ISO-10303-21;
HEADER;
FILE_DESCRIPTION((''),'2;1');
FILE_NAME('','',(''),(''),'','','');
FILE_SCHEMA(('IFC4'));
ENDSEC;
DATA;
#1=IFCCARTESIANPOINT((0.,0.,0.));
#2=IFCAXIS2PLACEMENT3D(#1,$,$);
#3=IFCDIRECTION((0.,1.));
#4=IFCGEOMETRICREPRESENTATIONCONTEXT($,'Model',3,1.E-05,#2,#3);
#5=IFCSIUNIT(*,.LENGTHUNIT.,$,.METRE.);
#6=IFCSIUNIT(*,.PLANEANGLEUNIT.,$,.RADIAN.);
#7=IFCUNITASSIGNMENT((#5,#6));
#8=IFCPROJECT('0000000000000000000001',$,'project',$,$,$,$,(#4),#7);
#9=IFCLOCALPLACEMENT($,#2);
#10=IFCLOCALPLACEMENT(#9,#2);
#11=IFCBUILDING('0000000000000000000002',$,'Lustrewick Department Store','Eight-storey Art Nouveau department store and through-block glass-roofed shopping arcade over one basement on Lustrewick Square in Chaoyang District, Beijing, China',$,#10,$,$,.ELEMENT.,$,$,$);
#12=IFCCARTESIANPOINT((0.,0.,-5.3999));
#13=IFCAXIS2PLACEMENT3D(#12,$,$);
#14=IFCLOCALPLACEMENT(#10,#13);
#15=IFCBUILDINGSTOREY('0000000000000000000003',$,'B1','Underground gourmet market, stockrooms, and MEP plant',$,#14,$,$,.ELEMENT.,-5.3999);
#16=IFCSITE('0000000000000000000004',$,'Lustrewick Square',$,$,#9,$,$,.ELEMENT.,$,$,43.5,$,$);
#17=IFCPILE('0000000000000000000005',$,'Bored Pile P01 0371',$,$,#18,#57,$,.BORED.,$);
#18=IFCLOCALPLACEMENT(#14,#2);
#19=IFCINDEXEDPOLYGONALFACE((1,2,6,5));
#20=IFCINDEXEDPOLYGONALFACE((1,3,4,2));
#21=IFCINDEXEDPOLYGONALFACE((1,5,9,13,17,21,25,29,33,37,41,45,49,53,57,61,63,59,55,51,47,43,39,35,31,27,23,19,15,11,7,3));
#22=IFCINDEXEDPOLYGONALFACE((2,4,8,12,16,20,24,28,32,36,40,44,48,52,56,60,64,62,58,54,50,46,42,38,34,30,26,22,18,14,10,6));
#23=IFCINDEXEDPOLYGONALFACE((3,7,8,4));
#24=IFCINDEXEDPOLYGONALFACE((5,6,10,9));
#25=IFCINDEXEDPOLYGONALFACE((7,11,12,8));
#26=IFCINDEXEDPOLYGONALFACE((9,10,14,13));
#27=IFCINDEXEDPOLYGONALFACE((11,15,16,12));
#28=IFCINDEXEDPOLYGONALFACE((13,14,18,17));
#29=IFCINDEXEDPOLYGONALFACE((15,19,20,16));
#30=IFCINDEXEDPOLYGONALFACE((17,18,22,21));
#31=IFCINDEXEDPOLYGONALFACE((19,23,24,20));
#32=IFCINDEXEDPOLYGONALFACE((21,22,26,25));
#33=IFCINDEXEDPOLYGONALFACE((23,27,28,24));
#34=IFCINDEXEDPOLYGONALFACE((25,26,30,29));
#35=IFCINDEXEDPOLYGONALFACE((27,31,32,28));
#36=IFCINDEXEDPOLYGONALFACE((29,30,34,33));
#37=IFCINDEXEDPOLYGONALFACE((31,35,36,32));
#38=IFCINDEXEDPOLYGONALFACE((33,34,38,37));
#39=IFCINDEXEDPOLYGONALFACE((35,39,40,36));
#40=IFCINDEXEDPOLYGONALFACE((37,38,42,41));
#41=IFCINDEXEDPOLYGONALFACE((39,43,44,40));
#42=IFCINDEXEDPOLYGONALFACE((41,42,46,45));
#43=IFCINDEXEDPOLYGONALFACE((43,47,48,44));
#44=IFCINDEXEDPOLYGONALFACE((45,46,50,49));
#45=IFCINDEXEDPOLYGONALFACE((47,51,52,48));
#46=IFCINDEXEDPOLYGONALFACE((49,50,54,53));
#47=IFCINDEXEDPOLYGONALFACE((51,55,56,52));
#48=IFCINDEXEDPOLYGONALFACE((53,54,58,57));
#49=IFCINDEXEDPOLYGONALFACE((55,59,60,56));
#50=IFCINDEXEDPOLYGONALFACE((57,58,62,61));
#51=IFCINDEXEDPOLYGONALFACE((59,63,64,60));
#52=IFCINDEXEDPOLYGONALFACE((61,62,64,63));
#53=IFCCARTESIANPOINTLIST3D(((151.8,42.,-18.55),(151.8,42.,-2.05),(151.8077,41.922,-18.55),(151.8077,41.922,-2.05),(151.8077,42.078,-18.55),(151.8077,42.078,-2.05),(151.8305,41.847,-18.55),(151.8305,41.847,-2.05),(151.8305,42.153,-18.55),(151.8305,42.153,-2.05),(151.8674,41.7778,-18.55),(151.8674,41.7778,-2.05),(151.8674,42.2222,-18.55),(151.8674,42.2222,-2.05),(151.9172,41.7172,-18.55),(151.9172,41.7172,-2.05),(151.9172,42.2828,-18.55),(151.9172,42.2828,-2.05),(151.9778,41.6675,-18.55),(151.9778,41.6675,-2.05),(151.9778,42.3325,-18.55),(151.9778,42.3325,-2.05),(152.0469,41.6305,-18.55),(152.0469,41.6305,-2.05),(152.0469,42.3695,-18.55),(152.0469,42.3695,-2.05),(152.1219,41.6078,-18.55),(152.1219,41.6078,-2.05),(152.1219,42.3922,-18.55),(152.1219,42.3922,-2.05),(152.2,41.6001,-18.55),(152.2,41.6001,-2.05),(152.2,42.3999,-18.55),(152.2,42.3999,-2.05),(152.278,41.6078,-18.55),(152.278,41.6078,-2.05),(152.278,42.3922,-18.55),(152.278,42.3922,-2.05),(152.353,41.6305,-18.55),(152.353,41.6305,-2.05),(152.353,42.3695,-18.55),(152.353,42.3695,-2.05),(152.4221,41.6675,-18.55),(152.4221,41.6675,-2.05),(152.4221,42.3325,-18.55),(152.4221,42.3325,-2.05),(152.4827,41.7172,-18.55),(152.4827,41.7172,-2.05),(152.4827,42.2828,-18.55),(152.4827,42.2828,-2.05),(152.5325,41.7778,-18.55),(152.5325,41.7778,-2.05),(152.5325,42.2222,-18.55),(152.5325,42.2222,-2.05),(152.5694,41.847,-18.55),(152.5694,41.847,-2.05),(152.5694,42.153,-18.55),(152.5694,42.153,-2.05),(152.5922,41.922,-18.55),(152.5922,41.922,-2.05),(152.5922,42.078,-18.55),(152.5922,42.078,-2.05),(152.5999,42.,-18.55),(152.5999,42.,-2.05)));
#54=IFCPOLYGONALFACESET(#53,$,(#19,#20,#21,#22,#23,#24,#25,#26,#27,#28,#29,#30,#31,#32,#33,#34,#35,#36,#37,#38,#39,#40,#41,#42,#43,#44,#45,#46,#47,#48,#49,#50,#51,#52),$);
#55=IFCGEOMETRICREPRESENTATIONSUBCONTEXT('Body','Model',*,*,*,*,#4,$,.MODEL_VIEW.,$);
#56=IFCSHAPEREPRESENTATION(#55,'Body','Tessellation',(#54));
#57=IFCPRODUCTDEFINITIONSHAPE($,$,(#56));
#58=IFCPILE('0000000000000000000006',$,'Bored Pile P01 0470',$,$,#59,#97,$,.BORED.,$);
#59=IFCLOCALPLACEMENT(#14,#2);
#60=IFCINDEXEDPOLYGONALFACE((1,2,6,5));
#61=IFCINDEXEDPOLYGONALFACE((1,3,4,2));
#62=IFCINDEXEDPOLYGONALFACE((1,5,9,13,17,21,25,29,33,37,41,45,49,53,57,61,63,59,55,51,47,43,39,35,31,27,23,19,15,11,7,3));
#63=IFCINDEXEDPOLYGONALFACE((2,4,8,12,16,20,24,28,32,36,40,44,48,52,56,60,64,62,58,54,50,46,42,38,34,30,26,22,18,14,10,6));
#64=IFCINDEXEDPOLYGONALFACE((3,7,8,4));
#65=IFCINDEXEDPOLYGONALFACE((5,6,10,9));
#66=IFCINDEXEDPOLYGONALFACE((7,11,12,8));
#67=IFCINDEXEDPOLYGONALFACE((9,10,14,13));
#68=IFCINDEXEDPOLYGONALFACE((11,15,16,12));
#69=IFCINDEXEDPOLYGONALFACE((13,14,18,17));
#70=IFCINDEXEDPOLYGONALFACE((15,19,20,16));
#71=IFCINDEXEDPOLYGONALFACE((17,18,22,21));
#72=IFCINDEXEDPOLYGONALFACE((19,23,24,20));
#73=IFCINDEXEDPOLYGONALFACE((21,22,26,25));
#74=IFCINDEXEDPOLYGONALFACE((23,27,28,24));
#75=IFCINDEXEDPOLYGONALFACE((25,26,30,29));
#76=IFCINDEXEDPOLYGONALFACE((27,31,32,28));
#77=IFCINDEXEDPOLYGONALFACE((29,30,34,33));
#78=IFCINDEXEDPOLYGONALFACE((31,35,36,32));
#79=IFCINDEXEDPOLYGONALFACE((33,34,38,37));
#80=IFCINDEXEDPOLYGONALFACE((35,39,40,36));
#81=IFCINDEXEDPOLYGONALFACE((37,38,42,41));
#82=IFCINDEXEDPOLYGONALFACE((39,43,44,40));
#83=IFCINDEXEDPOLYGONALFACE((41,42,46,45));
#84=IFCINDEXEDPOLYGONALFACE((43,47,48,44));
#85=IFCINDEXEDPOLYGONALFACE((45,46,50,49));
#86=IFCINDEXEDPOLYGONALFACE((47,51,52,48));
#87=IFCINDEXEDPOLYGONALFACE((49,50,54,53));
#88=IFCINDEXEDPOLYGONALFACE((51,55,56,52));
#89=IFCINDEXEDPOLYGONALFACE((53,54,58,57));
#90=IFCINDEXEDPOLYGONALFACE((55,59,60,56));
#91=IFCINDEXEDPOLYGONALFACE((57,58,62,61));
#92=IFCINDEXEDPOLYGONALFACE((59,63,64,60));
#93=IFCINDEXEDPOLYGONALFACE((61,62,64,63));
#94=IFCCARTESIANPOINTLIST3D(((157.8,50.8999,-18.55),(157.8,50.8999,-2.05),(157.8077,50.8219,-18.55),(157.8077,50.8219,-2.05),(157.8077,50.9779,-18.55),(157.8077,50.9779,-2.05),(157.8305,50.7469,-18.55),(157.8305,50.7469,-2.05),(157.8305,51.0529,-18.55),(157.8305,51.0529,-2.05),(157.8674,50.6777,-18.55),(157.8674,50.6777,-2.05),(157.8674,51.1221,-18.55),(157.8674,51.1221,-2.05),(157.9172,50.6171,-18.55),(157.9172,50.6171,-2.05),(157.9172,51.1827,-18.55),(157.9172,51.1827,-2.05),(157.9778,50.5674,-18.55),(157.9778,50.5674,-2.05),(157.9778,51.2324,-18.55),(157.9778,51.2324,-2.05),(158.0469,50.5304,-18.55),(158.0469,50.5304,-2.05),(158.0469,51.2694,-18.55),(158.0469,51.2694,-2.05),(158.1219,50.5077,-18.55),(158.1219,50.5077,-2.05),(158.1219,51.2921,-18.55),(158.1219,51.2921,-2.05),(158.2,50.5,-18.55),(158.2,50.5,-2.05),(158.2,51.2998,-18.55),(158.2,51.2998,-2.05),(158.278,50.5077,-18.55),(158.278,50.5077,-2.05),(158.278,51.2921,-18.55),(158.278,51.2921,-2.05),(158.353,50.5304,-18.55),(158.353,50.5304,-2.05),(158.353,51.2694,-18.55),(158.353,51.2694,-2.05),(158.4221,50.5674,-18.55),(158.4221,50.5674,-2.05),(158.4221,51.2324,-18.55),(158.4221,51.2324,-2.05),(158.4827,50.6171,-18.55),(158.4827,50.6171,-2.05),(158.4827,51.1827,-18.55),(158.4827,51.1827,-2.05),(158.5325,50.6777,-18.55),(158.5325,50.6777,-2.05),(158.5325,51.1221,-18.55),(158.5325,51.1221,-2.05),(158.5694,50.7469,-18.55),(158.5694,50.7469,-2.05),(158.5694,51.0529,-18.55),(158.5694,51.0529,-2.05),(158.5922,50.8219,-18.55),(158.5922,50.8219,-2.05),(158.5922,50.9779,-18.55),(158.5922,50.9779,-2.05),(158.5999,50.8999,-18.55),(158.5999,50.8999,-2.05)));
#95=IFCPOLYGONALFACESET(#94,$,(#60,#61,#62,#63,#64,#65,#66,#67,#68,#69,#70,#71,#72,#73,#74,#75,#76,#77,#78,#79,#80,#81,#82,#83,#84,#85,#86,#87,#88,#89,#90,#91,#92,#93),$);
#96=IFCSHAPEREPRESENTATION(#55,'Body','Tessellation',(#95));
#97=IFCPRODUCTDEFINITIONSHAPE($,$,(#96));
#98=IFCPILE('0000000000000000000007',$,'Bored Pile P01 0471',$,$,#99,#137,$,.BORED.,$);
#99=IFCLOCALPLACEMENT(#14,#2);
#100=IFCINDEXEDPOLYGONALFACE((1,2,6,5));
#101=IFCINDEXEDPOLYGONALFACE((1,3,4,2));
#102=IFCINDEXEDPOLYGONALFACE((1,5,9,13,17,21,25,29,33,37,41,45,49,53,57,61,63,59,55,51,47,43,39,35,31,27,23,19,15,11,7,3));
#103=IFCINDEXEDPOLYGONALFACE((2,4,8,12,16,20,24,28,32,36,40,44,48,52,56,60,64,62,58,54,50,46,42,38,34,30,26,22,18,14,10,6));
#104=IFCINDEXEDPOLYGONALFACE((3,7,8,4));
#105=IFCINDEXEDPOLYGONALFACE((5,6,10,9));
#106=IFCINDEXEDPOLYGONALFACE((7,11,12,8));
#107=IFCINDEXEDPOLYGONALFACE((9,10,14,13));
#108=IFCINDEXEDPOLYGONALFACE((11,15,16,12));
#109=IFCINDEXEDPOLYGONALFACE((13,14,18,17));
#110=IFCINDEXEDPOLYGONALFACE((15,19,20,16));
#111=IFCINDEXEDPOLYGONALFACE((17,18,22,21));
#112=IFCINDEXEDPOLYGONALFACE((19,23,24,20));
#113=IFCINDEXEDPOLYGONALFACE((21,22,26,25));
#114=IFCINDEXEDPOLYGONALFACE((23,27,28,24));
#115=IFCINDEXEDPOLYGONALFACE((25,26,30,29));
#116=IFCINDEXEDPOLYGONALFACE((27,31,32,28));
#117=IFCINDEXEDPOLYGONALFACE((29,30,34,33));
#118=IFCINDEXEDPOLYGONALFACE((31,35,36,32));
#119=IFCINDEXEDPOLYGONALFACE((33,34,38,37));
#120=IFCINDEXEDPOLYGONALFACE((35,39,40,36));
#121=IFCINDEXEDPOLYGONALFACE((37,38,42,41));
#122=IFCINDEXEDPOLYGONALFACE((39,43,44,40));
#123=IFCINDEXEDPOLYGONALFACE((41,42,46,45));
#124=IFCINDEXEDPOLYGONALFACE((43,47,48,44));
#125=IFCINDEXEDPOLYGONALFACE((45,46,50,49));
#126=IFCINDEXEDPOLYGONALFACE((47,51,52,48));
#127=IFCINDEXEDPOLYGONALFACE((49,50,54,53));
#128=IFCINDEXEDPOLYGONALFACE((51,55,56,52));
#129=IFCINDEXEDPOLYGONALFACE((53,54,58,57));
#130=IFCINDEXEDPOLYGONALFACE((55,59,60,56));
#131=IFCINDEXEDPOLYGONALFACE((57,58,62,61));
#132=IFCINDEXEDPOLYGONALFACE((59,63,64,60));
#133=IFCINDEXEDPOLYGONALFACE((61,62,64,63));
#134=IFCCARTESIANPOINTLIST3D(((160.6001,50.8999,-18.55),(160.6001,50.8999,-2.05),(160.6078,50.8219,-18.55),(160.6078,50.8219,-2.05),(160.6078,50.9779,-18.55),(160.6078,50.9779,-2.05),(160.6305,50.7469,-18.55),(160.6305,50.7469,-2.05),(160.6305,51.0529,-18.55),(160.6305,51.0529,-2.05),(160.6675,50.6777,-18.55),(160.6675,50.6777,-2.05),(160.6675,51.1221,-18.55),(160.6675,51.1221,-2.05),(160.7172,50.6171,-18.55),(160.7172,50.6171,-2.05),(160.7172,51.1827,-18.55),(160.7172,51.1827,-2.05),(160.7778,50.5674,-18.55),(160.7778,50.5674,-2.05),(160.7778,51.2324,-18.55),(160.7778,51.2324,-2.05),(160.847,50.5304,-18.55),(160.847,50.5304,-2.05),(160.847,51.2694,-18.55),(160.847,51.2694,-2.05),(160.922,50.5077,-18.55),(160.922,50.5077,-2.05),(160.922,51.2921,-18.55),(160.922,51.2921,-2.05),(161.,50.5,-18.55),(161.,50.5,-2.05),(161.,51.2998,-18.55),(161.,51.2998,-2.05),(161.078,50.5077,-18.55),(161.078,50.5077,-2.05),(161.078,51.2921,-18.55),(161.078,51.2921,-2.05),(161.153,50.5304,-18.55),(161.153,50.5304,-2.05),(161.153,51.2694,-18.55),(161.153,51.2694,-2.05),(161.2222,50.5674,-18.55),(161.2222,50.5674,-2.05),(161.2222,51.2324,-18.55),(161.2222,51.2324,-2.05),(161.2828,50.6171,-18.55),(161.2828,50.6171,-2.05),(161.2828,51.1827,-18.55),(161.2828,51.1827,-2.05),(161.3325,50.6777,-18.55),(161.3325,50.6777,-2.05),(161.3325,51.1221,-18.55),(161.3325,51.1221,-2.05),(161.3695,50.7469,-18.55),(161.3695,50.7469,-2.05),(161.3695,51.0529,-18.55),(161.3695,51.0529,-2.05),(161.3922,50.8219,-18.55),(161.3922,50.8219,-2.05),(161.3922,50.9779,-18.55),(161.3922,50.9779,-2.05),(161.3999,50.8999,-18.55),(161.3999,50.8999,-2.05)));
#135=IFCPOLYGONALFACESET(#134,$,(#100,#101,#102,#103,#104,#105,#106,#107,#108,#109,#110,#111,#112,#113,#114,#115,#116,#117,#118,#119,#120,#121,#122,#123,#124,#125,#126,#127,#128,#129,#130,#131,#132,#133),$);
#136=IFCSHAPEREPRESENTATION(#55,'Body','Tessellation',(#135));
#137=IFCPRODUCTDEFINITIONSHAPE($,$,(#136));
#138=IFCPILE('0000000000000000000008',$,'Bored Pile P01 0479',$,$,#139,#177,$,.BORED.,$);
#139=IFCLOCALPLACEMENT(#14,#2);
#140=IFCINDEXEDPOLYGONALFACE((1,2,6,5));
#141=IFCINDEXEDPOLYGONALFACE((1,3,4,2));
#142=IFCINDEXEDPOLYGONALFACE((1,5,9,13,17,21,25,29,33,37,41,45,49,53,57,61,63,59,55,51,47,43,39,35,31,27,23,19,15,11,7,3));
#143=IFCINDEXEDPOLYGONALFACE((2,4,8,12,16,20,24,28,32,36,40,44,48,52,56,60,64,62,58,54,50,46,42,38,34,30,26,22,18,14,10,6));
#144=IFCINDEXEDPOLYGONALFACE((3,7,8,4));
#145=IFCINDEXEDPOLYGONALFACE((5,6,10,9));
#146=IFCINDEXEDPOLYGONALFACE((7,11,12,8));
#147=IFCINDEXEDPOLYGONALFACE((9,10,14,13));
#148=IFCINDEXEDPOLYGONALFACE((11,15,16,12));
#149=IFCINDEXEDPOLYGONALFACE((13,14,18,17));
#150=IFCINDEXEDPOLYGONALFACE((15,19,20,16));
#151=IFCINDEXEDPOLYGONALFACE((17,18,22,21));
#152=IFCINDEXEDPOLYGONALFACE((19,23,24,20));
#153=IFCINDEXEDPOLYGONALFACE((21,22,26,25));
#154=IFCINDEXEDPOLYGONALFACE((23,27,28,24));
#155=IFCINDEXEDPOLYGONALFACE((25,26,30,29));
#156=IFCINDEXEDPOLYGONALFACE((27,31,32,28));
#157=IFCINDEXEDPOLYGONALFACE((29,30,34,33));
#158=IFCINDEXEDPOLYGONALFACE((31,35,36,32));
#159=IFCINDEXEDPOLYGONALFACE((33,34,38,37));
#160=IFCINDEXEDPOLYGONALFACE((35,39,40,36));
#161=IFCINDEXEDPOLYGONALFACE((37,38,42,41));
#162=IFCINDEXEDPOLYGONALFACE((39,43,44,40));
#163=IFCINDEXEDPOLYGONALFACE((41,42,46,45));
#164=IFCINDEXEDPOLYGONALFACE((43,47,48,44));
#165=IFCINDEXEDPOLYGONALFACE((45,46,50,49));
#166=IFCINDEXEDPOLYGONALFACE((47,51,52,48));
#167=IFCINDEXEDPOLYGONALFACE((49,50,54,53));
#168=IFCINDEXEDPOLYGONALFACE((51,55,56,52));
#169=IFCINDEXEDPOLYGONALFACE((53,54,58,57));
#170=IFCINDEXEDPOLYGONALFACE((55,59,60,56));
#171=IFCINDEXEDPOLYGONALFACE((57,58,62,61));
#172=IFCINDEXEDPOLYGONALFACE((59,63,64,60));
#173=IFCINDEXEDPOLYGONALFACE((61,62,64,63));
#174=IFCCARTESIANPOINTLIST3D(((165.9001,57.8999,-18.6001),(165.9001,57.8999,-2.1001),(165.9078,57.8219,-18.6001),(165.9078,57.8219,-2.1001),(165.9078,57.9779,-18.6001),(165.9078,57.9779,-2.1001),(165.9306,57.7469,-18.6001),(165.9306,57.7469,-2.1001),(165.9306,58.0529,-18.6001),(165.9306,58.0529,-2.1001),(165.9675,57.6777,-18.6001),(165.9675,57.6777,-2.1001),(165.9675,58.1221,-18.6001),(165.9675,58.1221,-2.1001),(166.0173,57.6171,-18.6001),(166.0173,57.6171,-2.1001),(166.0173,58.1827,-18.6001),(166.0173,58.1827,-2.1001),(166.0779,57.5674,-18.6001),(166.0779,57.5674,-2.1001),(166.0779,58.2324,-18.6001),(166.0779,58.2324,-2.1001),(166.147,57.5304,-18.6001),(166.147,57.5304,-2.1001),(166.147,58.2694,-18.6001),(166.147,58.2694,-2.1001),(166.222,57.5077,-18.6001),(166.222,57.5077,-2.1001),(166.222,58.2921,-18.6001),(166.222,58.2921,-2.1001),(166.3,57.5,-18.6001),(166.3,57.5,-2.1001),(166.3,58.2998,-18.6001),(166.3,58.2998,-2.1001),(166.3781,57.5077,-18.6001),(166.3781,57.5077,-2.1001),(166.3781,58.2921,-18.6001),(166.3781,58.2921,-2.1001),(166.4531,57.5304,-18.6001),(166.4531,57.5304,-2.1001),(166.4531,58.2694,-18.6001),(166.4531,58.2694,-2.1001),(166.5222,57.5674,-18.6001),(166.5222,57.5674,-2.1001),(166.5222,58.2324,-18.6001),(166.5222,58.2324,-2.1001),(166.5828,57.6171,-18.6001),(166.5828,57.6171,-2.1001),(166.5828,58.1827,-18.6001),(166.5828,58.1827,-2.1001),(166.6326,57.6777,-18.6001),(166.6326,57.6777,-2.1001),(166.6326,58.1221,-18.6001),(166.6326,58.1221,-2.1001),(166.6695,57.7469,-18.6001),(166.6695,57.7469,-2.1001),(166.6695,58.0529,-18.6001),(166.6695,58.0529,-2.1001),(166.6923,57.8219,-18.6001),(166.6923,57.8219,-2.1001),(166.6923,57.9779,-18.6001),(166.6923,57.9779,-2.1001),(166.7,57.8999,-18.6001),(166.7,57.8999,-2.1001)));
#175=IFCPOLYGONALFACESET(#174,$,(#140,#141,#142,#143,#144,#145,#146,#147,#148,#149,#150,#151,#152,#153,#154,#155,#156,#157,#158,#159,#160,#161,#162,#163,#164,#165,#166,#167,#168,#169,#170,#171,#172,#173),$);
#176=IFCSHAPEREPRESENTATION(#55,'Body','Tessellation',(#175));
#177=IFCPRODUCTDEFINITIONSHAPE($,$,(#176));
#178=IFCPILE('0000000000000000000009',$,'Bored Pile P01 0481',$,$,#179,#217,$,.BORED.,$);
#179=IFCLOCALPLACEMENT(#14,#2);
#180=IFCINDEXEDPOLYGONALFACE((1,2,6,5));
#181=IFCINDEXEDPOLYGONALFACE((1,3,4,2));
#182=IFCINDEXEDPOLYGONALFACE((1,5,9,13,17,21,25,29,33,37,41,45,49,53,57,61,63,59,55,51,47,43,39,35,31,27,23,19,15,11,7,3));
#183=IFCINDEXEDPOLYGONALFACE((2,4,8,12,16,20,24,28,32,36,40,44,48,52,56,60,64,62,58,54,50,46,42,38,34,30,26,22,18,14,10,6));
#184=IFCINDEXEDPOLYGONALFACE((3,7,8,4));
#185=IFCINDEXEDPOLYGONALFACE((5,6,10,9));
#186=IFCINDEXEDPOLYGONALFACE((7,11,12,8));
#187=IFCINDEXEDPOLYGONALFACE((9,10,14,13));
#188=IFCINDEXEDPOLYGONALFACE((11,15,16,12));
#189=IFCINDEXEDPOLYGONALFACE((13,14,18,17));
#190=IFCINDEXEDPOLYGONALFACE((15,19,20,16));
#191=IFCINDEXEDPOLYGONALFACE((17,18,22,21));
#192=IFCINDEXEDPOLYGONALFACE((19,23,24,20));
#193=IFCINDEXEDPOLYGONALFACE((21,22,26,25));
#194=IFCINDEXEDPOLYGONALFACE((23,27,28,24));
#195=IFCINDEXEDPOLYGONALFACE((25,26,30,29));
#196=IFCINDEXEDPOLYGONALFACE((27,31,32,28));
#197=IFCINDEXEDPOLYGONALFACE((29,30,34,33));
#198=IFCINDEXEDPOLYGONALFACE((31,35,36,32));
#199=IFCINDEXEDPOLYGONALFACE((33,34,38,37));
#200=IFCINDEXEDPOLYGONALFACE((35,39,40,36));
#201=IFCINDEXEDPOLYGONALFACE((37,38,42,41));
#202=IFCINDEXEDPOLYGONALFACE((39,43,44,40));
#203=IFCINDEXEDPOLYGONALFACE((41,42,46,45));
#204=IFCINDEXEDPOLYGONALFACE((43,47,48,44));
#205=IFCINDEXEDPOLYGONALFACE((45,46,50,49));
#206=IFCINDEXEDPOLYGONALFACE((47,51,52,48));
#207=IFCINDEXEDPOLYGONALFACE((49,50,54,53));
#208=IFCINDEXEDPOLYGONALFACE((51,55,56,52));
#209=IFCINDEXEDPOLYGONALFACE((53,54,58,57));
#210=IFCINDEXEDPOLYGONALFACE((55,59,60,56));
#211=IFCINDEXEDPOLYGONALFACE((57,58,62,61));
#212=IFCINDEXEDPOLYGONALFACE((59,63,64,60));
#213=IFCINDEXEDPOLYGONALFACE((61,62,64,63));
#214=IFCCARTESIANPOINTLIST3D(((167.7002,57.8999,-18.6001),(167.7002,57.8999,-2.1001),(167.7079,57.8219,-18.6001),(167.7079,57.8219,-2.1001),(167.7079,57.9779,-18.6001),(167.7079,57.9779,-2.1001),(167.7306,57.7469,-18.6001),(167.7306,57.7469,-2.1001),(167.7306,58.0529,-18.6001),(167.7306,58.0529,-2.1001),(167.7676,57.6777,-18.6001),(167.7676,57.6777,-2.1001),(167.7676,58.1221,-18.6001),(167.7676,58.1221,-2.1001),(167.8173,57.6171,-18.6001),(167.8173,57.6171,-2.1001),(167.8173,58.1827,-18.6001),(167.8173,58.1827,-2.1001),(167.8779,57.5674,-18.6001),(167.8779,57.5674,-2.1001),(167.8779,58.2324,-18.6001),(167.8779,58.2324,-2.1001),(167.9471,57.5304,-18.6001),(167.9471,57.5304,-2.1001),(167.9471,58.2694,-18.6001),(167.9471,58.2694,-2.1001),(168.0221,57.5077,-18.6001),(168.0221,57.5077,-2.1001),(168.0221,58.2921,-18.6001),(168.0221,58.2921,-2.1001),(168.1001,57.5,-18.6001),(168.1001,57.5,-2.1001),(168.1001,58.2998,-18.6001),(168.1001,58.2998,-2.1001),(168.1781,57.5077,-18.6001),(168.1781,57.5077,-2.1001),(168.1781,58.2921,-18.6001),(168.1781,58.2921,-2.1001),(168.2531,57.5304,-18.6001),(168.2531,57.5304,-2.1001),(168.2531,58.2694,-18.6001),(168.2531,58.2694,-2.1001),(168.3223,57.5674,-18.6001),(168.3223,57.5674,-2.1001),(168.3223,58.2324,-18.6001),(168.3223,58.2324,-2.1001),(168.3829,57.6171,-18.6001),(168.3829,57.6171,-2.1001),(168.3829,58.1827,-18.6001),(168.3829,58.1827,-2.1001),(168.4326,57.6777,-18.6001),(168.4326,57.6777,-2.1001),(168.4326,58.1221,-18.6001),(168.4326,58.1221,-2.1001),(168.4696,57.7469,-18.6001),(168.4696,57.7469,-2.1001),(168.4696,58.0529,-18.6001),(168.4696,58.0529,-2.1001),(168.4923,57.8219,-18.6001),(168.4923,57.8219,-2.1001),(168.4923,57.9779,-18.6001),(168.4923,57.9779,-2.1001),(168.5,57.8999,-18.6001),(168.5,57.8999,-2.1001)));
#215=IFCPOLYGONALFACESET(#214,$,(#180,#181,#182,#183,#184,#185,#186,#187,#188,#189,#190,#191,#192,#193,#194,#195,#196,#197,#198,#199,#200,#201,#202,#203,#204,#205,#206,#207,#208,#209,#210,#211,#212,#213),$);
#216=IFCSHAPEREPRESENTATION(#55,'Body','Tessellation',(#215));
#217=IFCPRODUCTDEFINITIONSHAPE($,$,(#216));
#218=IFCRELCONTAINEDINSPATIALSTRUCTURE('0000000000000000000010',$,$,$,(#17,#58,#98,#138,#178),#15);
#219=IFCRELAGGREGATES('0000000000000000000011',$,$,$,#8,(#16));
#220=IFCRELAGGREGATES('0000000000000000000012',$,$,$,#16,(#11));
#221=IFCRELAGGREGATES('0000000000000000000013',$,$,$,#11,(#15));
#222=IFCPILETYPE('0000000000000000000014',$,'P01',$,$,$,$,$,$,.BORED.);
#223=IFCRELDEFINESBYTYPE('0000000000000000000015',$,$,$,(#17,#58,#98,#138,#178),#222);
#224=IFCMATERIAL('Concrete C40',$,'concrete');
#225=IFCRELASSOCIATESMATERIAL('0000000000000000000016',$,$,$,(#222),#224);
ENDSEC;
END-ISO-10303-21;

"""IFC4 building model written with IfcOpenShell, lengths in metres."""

from ifc_helpers import new_model, si_unit, direction, frame, origin, origin_2d, place, context, subcontext, project, spatial, circle, extrude, material, material_profile, profile_set, type_object, element, save


model = new_model("IFC4")

# Units and contexts
model_context = context("Model", 3, precision=1e-05, world=origin(), true_north=direction((0.0, 1.0)))
body_context = subcontext(model_context, "Body", "Model", "MODEL_VIEW")
ifc_project = project(units=[si_unit("LENGTHUNIT", "METRE"), si_unit("PLANEANGLEUNIT", "RADIAN")], contexts=[model_context])

# Site, building, storey
site_placement = place(None, origin())
site = spatial("IfcSite", under=ifc_project, at=site_placement, Name="Lustrewick Square", CompositionType="ELEMENT", RefElevation=43.5)
building_placement = place(site_placement, origin())
building = spatial("IfcBuilding", under=site, at=building_placement, Name="Lustrewick Department Store", Description="Eight-storey Art Nouveau department store and through-block glass-roofed shopping arcade over one basement on Lustrewick Square in Chaoyang District, Beijing, China", CompositionType="ELEMENT")
storey_placement = place(building_placement, frame((0.0, 0.0, -5.3999)))
storey = spatial("IfcBuildingStorey", under=building, at=storey_placement, Name="B1", Description="Underground gourmet market, stockrooms, and MEP plant", CompositionType="ELEMENT", Elevation=-5.3999)

# Piles
ifc_material_1 = material(Name="Concrete C40", Category="concrete")
ifc_material_profile_1 = material_profile(ifc_material_1, circle(Radius=0.3999, at=origin_2d()), Name="PILE D800")
ifc_profile_set_1 = profile_set([ifc_material_profile_1], Name="Concrete C40")
pile_type_1 = type_object("IfcPileType", Name="P01", PredefinedType="BORED", material=ifc_profile_set_1)
for number, where, z_axis, x_axis, name in (
    (1, (152.2, 42.0, -2.05), (0.0, 0.0, -1.0), (1.0, 0.0, 0.0), "Bored Pile P01 0371"),
    (2, (158.2, 50.8999, -2.05), (0.0, 0.0, -1.0), (1.0, 0.0, 0.0), "Bored Pile P01 0470"),
    (3, (161.0, 50.8999, -2.05), (0.0, 0.0, -1.0), (1.0, 0.0, 0.0), "Bored Pile P01 0471"),
    (4, (166.3, 57.8999, -2.1001), (0.0, 0.0, -1.0), (1.0, 0.0, 0.0), "Bored Pile P01 0479"),
    (5, (168.1001, 57.8999, -2.1001), (0.0, 0.0, -1.0), (1.0, 0.0, 0.0), "Bored Pile P01 0481"),
):
    element("IfcPile", number, at=place(storey_placement, frame(where, z_axis=z_axis, x_axis=x_axis)), inside=storey, type_object=pile_type_1, Name=name, PredefinedType="BORED", context=body_context, shape_type="SweptSolid", body=[
        extrude(circle(Radius=0.3999, at=origin_2d()), origin(), (0.0, 0.0, 1.0), 16.5),
    ])

save(model, "model.ifc")
